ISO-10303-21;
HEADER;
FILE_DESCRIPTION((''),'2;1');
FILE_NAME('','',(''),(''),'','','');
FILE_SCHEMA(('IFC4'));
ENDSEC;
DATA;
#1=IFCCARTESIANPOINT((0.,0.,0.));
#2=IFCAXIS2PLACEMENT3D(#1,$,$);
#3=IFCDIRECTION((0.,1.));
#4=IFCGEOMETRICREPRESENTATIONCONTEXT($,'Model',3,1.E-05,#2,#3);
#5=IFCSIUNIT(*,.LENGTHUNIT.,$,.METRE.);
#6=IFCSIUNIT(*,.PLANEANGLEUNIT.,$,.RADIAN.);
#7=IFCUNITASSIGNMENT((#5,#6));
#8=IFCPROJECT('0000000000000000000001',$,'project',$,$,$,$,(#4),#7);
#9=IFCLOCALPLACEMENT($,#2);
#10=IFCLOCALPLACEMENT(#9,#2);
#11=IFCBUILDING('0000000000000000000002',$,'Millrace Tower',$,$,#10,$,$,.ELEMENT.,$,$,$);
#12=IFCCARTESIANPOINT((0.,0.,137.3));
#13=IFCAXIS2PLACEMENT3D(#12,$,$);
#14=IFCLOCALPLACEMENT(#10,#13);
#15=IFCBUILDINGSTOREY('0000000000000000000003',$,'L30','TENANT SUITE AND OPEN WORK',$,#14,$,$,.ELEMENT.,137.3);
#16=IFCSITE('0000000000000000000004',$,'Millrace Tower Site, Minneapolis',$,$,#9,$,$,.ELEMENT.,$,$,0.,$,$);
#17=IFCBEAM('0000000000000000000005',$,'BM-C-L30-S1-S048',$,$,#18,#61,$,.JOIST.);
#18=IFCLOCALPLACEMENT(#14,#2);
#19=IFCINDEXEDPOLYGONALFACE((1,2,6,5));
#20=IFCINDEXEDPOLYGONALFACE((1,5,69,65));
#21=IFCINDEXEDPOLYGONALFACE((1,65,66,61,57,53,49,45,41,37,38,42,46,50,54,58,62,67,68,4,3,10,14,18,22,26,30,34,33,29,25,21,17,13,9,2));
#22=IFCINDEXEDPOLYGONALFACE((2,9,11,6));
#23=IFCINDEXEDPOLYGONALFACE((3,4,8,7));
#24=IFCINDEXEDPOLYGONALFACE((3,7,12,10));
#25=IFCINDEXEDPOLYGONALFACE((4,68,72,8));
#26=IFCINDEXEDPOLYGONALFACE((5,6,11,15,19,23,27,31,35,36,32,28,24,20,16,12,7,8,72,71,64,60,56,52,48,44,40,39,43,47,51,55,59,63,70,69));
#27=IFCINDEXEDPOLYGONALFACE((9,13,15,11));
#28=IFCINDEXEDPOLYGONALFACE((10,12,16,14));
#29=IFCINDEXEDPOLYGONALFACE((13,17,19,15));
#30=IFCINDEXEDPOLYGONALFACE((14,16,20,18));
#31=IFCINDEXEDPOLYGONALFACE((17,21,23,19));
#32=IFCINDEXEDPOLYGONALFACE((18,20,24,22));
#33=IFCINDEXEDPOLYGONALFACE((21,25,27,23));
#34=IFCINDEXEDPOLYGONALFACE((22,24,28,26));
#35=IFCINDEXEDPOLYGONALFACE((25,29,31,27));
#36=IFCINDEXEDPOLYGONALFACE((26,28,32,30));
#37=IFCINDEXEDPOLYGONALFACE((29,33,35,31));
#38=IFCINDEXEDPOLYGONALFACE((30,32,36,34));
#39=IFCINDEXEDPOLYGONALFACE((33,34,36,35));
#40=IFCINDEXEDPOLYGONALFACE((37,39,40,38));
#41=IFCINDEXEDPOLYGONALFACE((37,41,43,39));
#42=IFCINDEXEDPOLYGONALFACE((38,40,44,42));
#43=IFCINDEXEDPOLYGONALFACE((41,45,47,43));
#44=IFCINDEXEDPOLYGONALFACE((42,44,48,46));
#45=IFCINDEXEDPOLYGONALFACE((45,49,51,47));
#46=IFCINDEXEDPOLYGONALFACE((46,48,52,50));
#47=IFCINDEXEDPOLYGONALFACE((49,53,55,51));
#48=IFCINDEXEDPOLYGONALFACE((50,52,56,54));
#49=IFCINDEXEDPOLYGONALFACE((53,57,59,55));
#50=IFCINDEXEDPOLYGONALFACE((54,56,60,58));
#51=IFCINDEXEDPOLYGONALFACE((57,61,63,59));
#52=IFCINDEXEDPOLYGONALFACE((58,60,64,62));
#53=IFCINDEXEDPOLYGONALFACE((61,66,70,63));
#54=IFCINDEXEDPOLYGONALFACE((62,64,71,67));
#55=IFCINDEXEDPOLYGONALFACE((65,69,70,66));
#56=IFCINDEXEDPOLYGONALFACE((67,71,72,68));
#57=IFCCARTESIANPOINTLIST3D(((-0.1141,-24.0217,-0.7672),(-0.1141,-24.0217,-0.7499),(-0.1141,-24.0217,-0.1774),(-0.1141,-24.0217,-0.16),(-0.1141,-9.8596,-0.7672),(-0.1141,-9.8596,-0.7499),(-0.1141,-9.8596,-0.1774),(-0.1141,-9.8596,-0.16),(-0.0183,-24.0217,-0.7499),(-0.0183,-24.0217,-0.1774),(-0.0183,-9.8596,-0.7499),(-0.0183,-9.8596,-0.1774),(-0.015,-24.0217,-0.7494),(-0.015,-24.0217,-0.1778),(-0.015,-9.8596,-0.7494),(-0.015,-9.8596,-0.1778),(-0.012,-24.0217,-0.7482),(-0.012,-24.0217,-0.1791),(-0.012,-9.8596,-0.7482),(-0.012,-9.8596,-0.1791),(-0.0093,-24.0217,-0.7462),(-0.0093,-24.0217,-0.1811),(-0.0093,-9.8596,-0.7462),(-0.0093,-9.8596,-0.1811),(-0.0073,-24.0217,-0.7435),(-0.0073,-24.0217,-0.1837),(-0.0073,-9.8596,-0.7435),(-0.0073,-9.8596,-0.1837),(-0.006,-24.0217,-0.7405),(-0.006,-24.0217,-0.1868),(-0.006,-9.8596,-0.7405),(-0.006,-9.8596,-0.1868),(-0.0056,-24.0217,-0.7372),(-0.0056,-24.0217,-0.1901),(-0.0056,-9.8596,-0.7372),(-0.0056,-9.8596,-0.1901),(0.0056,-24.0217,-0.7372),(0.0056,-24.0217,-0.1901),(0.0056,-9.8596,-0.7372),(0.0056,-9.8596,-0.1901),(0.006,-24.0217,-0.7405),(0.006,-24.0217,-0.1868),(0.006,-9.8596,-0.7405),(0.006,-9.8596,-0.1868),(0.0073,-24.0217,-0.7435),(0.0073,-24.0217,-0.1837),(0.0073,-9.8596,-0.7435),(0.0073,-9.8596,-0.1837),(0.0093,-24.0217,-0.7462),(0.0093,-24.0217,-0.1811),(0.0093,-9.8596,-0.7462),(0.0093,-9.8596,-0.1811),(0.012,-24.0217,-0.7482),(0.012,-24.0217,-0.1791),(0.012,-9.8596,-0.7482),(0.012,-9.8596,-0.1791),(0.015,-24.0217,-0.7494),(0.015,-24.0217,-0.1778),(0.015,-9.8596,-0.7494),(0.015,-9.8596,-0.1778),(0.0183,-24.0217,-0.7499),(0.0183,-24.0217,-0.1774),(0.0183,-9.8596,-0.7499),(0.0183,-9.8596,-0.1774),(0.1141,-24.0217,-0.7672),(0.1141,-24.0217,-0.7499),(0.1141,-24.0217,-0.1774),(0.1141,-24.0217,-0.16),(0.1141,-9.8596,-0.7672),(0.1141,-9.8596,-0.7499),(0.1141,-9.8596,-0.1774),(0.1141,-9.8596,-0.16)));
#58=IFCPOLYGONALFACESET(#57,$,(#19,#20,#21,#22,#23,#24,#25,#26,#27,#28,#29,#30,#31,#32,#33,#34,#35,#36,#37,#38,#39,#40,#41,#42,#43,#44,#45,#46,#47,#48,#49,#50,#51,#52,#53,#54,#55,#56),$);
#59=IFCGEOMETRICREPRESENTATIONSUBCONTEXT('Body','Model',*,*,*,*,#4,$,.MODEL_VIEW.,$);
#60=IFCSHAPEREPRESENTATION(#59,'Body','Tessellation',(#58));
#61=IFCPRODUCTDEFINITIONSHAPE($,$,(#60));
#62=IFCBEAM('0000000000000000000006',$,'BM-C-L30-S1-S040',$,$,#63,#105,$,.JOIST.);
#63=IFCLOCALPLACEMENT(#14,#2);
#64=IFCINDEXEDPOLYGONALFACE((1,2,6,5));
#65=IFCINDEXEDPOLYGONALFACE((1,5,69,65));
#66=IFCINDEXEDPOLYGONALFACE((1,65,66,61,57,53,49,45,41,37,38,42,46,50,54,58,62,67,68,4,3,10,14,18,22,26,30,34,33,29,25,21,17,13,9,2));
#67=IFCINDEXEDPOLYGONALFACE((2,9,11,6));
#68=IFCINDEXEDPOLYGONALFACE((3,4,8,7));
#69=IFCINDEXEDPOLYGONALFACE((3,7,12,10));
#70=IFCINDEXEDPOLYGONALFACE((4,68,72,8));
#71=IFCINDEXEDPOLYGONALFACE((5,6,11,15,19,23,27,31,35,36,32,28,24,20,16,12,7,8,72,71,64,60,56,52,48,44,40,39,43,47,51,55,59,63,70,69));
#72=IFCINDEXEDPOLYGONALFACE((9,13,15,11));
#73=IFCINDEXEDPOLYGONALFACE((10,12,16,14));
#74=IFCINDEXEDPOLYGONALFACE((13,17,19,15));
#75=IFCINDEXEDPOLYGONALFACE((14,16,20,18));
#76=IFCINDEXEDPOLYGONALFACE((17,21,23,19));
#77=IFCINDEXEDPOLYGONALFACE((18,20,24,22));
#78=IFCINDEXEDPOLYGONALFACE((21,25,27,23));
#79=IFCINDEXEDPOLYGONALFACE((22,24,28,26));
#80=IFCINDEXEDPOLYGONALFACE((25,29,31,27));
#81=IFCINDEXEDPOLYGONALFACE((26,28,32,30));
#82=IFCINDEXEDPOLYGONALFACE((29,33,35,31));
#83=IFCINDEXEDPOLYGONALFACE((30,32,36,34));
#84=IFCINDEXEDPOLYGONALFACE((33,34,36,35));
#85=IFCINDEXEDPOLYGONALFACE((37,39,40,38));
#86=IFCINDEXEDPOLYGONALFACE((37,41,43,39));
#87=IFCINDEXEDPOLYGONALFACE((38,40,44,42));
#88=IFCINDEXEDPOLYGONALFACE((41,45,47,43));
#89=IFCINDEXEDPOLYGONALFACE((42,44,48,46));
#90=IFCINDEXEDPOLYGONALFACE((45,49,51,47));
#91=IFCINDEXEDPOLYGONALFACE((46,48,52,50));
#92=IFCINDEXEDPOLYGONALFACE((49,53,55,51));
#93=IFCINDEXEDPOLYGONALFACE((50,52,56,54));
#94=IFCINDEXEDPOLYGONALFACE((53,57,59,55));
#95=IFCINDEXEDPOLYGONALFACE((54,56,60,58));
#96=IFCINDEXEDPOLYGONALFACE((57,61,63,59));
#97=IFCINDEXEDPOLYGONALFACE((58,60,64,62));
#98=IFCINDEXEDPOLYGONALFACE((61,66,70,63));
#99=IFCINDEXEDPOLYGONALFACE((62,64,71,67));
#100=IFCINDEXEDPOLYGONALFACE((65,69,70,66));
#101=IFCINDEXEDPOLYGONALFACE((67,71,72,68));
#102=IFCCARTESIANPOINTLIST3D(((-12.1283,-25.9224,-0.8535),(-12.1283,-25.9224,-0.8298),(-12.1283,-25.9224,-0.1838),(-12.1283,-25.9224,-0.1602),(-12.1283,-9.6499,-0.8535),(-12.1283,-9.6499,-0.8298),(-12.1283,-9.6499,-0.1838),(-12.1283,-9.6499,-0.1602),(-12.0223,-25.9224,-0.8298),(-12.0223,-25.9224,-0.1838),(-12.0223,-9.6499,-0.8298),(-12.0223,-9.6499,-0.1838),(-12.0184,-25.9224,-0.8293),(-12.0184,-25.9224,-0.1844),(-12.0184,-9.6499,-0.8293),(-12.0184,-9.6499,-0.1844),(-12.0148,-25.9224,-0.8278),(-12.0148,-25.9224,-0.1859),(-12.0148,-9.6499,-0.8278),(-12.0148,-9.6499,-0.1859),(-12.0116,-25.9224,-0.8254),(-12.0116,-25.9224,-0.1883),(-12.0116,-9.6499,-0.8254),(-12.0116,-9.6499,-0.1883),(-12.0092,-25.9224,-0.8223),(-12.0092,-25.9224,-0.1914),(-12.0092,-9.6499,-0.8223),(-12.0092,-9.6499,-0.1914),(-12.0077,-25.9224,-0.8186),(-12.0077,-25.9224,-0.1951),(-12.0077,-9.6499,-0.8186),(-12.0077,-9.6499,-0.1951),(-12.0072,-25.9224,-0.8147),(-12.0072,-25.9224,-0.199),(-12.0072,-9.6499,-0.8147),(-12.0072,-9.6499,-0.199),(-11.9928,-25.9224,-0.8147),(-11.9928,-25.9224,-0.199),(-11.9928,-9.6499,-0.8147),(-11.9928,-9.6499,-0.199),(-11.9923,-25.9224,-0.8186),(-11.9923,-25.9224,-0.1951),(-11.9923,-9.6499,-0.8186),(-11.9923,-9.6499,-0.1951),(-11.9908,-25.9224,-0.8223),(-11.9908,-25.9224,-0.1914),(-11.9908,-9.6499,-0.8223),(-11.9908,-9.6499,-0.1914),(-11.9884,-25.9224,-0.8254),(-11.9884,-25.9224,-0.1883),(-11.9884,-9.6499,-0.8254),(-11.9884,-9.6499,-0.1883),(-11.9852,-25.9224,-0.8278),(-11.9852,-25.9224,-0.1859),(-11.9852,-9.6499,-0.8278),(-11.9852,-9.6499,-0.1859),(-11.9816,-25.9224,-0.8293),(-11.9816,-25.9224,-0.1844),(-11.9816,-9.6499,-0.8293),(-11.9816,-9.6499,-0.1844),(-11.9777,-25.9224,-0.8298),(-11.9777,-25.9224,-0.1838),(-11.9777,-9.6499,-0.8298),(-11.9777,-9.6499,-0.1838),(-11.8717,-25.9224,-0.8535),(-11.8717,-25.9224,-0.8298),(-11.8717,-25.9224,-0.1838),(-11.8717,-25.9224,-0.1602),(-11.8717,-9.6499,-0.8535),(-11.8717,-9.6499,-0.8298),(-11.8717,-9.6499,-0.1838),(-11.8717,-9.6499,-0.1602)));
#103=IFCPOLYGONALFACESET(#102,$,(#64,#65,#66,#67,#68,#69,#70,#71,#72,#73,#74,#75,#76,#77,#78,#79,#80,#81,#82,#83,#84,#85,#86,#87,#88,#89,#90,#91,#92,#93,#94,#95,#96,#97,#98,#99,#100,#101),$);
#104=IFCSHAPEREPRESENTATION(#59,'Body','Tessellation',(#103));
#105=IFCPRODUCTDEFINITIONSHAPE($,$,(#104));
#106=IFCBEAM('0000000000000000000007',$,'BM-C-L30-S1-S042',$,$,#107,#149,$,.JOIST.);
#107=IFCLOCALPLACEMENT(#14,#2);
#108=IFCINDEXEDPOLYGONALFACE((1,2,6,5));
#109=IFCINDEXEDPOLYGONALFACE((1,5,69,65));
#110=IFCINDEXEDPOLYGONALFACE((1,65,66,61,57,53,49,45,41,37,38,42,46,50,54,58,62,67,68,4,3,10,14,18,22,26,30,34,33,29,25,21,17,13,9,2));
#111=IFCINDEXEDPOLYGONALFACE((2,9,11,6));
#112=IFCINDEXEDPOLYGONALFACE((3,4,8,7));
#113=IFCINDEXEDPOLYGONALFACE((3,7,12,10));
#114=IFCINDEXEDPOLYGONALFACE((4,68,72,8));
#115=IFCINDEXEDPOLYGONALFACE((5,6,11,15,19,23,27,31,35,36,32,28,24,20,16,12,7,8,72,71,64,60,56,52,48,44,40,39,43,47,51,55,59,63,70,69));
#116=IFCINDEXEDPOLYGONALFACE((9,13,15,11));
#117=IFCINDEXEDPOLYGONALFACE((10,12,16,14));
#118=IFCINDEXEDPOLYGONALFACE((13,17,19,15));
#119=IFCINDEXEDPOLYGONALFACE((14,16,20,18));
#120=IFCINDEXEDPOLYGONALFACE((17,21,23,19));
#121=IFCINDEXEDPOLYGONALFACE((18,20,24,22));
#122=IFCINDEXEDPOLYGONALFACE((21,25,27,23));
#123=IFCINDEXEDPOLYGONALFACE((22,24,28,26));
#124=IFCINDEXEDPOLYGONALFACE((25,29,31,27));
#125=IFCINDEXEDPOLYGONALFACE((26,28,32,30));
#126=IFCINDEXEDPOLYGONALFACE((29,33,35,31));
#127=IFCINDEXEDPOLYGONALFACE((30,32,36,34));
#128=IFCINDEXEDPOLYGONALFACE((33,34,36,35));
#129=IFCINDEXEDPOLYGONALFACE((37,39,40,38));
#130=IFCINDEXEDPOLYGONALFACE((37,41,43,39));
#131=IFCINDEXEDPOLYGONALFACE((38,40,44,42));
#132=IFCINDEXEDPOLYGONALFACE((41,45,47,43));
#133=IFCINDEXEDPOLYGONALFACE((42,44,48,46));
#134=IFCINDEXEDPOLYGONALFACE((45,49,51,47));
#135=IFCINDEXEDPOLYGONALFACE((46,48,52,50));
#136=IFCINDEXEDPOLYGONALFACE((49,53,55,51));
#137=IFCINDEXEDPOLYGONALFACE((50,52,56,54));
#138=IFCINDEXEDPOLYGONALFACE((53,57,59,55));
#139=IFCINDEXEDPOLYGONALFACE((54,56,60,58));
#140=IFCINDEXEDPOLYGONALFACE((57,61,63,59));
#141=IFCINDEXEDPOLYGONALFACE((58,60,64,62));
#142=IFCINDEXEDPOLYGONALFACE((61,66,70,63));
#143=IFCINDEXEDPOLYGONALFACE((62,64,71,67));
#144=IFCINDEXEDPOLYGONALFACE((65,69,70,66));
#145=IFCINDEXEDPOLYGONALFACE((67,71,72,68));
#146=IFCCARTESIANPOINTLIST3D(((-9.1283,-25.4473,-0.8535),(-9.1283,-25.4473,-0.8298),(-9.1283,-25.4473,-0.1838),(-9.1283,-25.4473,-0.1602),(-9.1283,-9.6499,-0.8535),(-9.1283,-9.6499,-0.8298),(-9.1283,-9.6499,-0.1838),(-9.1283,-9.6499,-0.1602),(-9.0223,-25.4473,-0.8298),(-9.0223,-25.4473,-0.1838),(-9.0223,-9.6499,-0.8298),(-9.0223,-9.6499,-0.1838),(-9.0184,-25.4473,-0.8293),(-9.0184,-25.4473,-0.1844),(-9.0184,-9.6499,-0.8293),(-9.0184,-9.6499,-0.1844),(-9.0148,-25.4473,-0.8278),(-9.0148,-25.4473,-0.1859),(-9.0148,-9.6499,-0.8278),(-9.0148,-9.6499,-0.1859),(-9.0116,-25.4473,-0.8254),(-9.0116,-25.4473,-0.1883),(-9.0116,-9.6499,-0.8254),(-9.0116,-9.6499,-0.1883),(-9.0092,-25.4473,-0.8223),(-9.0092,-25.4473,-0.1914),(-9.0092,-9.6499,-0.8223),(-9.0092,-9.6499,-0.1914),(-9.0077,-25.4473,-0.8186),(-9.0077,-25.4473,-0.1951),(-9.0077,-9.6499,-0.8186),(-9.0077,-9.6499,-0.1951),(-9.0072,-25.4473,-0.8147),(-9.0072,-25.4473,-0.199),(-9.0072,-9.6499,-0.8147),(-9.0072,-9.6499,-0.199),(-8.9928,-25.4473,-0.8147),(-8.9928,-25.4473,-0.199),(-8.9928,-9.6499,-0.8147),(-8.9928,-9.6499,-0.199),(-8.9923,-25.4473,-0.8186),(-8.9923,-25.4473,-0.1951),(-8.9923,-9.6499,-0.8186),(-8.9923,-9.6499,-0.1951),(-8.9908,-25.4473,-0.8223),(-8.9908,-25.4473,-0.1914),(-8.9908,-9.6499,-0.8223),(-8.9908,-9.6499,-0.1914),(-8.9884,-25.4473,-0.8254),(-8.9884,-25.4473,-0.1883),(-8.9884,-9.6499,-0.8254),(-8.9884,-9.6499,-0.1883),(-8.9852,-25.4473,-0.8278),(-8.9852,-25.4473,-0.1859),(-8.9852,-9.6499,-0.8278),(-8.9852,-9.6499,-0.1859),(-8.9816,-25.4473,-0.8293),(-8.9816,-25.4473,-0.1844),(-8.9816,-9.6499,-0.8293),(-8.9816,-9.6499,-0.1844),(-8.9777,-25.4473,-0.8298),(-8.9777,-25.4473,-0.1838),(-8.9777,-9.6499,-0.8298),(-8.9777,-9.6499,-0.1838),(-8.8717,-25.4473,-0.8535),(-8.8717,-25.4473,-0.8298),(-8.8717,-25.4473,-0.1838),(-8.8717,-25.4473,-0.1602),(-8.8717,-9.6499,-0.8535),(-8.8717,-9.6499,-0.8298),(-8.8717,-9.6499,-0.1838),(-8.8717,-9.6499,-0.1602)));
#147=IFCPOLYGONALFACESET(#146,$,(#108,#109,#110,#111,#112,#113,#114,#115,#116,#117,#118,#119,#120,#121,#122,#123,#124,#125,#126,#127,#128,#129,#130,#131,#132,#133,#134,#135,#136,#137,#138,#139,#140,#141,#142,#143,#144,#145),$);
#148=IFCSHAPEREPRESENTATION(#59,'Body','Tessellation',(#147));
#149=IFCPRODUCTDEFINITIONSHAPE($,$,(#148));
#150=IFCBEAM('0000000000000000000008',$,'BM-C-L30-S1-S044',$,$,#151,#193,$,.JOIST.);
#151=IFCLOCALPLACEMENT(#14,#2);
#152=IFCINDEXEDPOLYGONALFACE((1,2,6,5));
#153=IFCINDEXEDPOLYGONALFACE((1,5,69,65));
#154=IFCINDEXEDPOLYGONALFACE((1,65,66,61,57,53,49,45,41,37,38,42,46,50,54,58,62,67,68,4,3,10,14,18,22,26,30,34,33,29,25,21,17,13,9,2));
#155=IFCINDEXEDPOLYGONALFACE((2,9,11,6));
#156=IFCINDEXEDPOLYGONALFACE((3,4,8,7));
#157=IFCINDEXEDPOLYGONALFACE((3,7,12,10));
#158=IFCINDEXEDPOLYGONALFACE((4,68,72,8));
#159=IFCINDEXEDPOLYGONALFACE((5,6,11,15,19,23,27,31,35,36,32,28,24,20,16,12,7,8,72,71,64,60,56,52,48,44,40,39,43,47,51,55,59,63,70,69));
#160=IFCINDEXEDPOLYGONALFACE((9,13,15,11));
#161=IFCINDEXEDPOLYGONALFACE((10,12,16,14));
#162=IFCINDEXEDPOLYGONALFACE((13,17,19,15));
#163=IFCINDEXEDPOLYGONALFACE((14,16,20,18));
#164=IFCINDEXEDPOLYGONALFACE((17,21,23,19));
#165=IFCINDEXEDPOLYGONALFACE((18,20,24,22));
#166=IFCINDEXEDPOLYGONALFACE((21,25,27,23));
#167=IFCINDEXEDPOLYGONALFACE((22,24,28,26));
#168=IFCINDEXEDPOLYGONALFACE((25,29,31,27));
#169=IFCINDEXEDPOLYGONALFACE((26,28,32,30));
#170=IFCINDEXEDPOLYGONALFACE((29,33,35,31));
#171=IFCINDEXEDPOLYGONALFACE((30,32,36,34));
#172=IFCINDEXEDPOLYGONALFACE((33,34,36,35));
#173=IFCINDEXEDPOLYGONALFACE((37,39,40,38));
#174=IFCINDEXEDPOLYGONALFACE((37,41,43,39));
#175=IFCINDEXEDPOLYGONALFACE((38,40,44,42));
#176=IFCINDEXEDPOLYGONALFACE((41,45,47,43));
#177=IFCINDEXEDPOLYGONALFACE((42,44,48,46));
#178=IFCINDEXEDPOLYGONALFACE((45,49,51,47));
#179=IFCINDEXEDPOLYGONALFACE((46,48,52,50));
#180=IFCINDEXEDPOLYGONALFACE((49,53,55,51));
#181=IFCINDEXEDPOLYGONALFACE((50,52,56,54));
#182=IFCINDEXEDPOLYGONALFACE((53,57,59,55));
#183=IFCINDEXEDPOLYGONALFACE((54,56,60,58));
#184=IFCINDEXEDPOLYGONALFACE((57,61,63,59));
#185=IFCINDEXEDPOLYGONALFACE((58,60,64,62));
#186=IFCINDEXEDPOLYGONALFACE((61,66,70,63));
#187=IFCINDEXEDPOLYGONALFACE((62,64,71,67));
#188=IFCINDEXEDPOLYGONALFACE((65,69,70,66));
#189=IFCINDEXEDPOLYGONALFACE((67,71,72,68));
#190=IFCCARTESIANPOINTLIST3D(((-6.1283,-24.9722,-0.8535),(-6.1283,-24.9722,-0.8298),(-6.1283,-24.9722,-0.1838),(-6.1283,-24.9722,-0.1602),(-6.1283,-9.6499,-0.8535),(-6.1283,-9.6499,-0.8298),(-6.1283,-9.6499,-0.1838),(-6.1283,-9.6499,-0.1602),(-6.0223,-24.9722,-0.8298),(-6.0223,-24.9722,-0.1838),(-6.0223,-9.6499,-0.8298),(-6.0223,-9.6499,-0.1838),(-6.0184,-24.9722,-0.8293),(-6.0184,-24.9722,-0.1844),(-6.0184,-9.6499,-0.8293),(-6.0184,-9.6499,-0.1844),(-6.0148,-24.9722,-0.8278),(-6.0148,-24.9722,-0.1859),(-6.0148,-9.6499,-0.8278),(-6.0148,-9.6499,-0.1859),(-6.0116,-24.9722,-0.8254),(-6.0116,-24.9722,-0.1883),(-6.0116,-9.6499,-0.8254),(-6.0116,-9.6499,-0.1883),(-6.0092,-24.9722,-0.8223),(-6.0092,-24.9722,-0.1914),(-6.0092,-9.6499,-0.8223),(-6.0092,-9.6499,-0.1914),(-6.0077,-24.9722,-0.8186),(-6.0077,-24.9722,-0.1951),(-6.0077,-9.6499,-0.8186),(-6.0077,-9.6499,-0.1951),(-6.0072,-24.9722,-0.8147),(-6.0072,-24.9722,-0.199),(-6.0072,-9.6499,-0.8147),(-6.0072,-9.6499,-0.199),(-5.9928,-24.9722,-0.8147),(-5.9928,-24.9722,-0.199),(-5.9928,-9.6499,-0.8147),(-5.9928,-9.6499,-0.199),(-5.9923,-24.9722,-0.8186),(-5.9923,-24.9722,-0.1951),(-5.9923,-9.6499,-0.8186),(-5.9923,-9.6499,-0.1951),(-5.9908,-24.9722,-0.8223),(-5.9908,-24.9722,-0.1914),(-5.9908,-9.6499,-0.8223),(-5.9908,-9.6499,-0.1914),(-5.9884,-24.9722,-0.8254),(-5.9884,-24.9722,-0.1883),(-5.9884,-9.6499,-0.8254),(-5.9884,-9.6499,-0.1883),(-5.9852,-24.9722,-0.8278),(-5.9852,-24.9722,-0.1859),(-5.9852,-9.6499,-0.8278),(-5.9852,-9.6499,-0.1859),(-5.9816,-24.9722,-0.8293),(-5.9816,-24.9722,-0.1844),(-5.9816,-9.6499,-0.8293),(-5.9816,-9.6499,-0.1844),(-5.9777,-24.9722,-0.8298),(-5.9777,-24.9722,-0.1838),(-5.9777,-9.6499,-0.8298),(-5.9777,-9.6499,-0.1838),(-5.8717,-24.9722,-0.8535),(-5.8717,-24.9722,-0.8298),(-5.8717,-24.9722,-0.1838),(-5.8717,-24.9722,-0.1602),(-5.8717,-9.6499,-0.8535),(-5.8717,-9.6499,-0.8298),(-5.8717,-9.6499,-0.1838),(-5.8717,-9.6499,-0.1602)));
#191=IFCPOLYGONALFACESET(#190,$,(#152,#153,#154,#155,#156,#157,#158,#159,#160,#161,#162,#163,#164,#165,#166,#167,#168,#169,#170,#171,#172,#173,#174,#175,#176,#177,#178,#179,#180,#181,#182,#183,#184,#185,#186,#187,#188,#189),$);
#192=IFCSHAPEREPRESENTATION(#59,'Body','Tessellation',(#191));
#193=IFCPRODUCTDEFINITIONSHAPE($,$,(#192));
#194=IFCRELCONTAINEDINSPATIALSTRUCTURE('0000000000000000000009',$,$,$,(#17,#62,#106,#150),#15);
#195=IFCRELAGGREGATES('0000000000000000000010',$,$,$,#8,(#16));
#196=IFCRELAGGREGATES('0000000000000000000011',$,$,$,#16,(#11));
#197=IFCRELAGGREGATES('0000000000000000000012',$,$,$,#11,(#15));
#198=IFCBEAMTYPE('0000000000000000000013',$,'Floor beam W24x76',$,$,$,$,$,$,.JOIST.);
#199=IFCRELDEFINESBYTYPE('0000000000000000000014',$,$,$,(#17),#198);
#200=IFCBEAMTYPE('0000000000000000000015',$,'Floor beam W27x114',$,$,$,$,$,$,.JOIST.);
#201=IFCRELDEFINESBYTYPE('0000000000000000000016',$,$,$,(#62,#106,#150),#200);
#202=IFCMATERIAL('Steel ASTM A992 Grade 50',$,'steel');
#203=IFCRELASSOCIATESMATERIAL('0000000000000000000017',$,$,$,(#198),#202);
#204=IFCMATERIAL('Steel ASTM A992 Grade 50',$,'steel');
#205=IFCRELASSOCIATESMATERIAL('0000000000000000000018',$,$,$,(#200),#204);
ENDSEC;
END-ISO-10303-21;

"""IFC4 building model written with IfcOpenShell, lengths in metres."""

from ifc_helpers import new_model, si_unit, direction, frame, origin, origin_2d, place, context, subcontext, project, spatial, i_section, extrude, material, material_profile, profile_set, type_object, element, save


model = new_model("IFC4")

# Units and contexts
model_context = context("Model", 3, precision=1e-05, world=origin(), true_north=direction((0.0, 1.0)))
body_context = subcontext(model_context, "Body", "Model", "MODEL_VIEW")
ifc_project = project(units=[si_unit("LENGTHUNIT", "METRE"), si_unit("PLANEANGLEUNIT", "RADIAN")], contexts=[model_context])

# Site, building, storey
site_placement = place(None, origin())
site = spatial("IfcSite", under=ifc_project, at=site_placement, Name="Millrace Tower Site, Minneapolis", CompositionType="ELEMENT", RefElevation=0.0)
building_placement = place(site_placement, origin())
building = spatial("IfcBuilding", under=site, at=building_placement, Name="Millrace Tower", CompositionType="ELEMENT")
storey_placement = place(building_placement, frame((0.0, 0.0, 137.3)))
storey = spatial("IfcBuildingStorey", under=building, at=storey_placement, Name="L30", Description="TENANT SUITE AND OPEN WORK", CompositionType="ELEMENT", Elevation=137.3)

# Beams
ifc_material_1 = material(Name="Steel ASTM A992 Grade 50", Category="steel")
ifc_material_profile_1 = material_profile(ifc_material_1, i_section(OverallWidth=0.2283, OverallDepth=0.6072, WebThickness=0.0112, FlangeThickness=0.0173, FilletRadius=0.0127, at=origin_2d()))
ifc_profile_set_1 = profile_set([ifc_material_profile_1], Name="Steel ASTM A992 Grade 50")
beam_type_1 = type_object("IfcBeamType", Name="Floor beam W24x76", PredefinedType="JOIST", material=ifc_profile_set_1)
beam_1_placement = place(storey_placement, frame((0.0, -24.0217, -0.4636), z_axis=(0.0, 1.0, 0.0), x_axis=(-1.0, 0.0, 0.0)))
element("IfcBeam", 1, at=beam_1_placement, inside=storey, type_object=beam_type_1, Name="BM-C-L30-S1-S048", PredefinedType="JOIST", context=body_context, shape_type="SweptSolid", body=[
    extrude(i_section(OverallWidth=0.2283, OverallDepth=0.6072, WebThickness=0.0112, FlangeThickness=0.0173, FilletRadius=0.0127, at=origin_2d()), origin(), (0.0, 0.0, 1.0), 14.1621),
])
ifc_material_2 = material(Name="Steel ASTM A992 Grade 50", Category="steel")
ifc_material_profile_2 = material_profile(ifc_material_2, i_section(OverallWidth=0.2566, OverallDepth=0.6934, WebThickness=0.0144, FlangeThickness=0.0237, FilletRadius=0.0151, at=origin_2d()))
ifc_profile_set_2 = profile_set([ifc_material_profile_2], Name="Steel ASTM A992 Grade 50")
beam_type_2 = type_object("IfcBeamType", Name="Floor beam W27x114", PredefinedType="JOIST", material=ifc_profile_set_2)
beam_2_placement = place(storey_placement, frame((-12.0, -25.9224, -0.5068), z_axis=(0.0, 1.0, 0.0), x_axis=(-1.0, 0.0, 0.0)))
element("IfcBeam", 2, at=beam_2_placement, inside=storey, type_object=beam_type_2, Name="BM-C-L30-S1-S040", PredefinedType="JOIST", context=body_context, shape_type="SweptSolid", body=[
    extrude(i_section(OverallWidth=0.2566, OverallDepth=0.6934, WebThickness=0.0144, FlangeThickness=0.0237, FilletRadius=0.0151, at=origin_2d()), origin(), (0.0, 0.0, 1.0), 16.2725),
])
beam_3_placement = place(storey_placement, frame((-9.0, -25.4473, -0.5068), z_axis=(0.0, 1.0, 0.0), x_axis=(-1.0, 0.0, 0.0)))
element("IfcBeam", 3, at=beam_3_placement, inside=storey, type_object=beam_type_2, Name="BM-C-L30-S1-S042", PredefinedType="JOIST", context=body_context, shape_type="SweptSolid", body=[
    extrude(i_section(OverallWidth=0.2566, OverallDepth=0.6934, WebThickness=0.0144, FlangeThickness=0.0237, FilletRadius=0.0151, at=origin_2d()), origin(), (0.0, 0.0, 1.0), 15.7974),
])
beam_4_placement = place(storey_placement, frame((-6.0, -24.9722, -0.5068), z_axis=(0.0, 1.0, 0.0), x_axis=(-1.0, 0.0, 0.0)))
element("IfcBeam", 4, at=beam_4_placement, inside=storey, type_object=beam_type_2, Name="BM-C-L30-S1-S044", PredefinedType="JOIST", context=body_context, shape_type="SweptSolid", body=[
    extrude(i_section(OverallWidth=0.2566, OverallDepth=0.6934, WebThickness=0.0144, FlangeThickness=0.0237, FilletRadius=0.0151, at=origin_2d()), origin(), (0.0, 0.0, 1.0), 15.3223),
])

save(model, "model.ifc")
